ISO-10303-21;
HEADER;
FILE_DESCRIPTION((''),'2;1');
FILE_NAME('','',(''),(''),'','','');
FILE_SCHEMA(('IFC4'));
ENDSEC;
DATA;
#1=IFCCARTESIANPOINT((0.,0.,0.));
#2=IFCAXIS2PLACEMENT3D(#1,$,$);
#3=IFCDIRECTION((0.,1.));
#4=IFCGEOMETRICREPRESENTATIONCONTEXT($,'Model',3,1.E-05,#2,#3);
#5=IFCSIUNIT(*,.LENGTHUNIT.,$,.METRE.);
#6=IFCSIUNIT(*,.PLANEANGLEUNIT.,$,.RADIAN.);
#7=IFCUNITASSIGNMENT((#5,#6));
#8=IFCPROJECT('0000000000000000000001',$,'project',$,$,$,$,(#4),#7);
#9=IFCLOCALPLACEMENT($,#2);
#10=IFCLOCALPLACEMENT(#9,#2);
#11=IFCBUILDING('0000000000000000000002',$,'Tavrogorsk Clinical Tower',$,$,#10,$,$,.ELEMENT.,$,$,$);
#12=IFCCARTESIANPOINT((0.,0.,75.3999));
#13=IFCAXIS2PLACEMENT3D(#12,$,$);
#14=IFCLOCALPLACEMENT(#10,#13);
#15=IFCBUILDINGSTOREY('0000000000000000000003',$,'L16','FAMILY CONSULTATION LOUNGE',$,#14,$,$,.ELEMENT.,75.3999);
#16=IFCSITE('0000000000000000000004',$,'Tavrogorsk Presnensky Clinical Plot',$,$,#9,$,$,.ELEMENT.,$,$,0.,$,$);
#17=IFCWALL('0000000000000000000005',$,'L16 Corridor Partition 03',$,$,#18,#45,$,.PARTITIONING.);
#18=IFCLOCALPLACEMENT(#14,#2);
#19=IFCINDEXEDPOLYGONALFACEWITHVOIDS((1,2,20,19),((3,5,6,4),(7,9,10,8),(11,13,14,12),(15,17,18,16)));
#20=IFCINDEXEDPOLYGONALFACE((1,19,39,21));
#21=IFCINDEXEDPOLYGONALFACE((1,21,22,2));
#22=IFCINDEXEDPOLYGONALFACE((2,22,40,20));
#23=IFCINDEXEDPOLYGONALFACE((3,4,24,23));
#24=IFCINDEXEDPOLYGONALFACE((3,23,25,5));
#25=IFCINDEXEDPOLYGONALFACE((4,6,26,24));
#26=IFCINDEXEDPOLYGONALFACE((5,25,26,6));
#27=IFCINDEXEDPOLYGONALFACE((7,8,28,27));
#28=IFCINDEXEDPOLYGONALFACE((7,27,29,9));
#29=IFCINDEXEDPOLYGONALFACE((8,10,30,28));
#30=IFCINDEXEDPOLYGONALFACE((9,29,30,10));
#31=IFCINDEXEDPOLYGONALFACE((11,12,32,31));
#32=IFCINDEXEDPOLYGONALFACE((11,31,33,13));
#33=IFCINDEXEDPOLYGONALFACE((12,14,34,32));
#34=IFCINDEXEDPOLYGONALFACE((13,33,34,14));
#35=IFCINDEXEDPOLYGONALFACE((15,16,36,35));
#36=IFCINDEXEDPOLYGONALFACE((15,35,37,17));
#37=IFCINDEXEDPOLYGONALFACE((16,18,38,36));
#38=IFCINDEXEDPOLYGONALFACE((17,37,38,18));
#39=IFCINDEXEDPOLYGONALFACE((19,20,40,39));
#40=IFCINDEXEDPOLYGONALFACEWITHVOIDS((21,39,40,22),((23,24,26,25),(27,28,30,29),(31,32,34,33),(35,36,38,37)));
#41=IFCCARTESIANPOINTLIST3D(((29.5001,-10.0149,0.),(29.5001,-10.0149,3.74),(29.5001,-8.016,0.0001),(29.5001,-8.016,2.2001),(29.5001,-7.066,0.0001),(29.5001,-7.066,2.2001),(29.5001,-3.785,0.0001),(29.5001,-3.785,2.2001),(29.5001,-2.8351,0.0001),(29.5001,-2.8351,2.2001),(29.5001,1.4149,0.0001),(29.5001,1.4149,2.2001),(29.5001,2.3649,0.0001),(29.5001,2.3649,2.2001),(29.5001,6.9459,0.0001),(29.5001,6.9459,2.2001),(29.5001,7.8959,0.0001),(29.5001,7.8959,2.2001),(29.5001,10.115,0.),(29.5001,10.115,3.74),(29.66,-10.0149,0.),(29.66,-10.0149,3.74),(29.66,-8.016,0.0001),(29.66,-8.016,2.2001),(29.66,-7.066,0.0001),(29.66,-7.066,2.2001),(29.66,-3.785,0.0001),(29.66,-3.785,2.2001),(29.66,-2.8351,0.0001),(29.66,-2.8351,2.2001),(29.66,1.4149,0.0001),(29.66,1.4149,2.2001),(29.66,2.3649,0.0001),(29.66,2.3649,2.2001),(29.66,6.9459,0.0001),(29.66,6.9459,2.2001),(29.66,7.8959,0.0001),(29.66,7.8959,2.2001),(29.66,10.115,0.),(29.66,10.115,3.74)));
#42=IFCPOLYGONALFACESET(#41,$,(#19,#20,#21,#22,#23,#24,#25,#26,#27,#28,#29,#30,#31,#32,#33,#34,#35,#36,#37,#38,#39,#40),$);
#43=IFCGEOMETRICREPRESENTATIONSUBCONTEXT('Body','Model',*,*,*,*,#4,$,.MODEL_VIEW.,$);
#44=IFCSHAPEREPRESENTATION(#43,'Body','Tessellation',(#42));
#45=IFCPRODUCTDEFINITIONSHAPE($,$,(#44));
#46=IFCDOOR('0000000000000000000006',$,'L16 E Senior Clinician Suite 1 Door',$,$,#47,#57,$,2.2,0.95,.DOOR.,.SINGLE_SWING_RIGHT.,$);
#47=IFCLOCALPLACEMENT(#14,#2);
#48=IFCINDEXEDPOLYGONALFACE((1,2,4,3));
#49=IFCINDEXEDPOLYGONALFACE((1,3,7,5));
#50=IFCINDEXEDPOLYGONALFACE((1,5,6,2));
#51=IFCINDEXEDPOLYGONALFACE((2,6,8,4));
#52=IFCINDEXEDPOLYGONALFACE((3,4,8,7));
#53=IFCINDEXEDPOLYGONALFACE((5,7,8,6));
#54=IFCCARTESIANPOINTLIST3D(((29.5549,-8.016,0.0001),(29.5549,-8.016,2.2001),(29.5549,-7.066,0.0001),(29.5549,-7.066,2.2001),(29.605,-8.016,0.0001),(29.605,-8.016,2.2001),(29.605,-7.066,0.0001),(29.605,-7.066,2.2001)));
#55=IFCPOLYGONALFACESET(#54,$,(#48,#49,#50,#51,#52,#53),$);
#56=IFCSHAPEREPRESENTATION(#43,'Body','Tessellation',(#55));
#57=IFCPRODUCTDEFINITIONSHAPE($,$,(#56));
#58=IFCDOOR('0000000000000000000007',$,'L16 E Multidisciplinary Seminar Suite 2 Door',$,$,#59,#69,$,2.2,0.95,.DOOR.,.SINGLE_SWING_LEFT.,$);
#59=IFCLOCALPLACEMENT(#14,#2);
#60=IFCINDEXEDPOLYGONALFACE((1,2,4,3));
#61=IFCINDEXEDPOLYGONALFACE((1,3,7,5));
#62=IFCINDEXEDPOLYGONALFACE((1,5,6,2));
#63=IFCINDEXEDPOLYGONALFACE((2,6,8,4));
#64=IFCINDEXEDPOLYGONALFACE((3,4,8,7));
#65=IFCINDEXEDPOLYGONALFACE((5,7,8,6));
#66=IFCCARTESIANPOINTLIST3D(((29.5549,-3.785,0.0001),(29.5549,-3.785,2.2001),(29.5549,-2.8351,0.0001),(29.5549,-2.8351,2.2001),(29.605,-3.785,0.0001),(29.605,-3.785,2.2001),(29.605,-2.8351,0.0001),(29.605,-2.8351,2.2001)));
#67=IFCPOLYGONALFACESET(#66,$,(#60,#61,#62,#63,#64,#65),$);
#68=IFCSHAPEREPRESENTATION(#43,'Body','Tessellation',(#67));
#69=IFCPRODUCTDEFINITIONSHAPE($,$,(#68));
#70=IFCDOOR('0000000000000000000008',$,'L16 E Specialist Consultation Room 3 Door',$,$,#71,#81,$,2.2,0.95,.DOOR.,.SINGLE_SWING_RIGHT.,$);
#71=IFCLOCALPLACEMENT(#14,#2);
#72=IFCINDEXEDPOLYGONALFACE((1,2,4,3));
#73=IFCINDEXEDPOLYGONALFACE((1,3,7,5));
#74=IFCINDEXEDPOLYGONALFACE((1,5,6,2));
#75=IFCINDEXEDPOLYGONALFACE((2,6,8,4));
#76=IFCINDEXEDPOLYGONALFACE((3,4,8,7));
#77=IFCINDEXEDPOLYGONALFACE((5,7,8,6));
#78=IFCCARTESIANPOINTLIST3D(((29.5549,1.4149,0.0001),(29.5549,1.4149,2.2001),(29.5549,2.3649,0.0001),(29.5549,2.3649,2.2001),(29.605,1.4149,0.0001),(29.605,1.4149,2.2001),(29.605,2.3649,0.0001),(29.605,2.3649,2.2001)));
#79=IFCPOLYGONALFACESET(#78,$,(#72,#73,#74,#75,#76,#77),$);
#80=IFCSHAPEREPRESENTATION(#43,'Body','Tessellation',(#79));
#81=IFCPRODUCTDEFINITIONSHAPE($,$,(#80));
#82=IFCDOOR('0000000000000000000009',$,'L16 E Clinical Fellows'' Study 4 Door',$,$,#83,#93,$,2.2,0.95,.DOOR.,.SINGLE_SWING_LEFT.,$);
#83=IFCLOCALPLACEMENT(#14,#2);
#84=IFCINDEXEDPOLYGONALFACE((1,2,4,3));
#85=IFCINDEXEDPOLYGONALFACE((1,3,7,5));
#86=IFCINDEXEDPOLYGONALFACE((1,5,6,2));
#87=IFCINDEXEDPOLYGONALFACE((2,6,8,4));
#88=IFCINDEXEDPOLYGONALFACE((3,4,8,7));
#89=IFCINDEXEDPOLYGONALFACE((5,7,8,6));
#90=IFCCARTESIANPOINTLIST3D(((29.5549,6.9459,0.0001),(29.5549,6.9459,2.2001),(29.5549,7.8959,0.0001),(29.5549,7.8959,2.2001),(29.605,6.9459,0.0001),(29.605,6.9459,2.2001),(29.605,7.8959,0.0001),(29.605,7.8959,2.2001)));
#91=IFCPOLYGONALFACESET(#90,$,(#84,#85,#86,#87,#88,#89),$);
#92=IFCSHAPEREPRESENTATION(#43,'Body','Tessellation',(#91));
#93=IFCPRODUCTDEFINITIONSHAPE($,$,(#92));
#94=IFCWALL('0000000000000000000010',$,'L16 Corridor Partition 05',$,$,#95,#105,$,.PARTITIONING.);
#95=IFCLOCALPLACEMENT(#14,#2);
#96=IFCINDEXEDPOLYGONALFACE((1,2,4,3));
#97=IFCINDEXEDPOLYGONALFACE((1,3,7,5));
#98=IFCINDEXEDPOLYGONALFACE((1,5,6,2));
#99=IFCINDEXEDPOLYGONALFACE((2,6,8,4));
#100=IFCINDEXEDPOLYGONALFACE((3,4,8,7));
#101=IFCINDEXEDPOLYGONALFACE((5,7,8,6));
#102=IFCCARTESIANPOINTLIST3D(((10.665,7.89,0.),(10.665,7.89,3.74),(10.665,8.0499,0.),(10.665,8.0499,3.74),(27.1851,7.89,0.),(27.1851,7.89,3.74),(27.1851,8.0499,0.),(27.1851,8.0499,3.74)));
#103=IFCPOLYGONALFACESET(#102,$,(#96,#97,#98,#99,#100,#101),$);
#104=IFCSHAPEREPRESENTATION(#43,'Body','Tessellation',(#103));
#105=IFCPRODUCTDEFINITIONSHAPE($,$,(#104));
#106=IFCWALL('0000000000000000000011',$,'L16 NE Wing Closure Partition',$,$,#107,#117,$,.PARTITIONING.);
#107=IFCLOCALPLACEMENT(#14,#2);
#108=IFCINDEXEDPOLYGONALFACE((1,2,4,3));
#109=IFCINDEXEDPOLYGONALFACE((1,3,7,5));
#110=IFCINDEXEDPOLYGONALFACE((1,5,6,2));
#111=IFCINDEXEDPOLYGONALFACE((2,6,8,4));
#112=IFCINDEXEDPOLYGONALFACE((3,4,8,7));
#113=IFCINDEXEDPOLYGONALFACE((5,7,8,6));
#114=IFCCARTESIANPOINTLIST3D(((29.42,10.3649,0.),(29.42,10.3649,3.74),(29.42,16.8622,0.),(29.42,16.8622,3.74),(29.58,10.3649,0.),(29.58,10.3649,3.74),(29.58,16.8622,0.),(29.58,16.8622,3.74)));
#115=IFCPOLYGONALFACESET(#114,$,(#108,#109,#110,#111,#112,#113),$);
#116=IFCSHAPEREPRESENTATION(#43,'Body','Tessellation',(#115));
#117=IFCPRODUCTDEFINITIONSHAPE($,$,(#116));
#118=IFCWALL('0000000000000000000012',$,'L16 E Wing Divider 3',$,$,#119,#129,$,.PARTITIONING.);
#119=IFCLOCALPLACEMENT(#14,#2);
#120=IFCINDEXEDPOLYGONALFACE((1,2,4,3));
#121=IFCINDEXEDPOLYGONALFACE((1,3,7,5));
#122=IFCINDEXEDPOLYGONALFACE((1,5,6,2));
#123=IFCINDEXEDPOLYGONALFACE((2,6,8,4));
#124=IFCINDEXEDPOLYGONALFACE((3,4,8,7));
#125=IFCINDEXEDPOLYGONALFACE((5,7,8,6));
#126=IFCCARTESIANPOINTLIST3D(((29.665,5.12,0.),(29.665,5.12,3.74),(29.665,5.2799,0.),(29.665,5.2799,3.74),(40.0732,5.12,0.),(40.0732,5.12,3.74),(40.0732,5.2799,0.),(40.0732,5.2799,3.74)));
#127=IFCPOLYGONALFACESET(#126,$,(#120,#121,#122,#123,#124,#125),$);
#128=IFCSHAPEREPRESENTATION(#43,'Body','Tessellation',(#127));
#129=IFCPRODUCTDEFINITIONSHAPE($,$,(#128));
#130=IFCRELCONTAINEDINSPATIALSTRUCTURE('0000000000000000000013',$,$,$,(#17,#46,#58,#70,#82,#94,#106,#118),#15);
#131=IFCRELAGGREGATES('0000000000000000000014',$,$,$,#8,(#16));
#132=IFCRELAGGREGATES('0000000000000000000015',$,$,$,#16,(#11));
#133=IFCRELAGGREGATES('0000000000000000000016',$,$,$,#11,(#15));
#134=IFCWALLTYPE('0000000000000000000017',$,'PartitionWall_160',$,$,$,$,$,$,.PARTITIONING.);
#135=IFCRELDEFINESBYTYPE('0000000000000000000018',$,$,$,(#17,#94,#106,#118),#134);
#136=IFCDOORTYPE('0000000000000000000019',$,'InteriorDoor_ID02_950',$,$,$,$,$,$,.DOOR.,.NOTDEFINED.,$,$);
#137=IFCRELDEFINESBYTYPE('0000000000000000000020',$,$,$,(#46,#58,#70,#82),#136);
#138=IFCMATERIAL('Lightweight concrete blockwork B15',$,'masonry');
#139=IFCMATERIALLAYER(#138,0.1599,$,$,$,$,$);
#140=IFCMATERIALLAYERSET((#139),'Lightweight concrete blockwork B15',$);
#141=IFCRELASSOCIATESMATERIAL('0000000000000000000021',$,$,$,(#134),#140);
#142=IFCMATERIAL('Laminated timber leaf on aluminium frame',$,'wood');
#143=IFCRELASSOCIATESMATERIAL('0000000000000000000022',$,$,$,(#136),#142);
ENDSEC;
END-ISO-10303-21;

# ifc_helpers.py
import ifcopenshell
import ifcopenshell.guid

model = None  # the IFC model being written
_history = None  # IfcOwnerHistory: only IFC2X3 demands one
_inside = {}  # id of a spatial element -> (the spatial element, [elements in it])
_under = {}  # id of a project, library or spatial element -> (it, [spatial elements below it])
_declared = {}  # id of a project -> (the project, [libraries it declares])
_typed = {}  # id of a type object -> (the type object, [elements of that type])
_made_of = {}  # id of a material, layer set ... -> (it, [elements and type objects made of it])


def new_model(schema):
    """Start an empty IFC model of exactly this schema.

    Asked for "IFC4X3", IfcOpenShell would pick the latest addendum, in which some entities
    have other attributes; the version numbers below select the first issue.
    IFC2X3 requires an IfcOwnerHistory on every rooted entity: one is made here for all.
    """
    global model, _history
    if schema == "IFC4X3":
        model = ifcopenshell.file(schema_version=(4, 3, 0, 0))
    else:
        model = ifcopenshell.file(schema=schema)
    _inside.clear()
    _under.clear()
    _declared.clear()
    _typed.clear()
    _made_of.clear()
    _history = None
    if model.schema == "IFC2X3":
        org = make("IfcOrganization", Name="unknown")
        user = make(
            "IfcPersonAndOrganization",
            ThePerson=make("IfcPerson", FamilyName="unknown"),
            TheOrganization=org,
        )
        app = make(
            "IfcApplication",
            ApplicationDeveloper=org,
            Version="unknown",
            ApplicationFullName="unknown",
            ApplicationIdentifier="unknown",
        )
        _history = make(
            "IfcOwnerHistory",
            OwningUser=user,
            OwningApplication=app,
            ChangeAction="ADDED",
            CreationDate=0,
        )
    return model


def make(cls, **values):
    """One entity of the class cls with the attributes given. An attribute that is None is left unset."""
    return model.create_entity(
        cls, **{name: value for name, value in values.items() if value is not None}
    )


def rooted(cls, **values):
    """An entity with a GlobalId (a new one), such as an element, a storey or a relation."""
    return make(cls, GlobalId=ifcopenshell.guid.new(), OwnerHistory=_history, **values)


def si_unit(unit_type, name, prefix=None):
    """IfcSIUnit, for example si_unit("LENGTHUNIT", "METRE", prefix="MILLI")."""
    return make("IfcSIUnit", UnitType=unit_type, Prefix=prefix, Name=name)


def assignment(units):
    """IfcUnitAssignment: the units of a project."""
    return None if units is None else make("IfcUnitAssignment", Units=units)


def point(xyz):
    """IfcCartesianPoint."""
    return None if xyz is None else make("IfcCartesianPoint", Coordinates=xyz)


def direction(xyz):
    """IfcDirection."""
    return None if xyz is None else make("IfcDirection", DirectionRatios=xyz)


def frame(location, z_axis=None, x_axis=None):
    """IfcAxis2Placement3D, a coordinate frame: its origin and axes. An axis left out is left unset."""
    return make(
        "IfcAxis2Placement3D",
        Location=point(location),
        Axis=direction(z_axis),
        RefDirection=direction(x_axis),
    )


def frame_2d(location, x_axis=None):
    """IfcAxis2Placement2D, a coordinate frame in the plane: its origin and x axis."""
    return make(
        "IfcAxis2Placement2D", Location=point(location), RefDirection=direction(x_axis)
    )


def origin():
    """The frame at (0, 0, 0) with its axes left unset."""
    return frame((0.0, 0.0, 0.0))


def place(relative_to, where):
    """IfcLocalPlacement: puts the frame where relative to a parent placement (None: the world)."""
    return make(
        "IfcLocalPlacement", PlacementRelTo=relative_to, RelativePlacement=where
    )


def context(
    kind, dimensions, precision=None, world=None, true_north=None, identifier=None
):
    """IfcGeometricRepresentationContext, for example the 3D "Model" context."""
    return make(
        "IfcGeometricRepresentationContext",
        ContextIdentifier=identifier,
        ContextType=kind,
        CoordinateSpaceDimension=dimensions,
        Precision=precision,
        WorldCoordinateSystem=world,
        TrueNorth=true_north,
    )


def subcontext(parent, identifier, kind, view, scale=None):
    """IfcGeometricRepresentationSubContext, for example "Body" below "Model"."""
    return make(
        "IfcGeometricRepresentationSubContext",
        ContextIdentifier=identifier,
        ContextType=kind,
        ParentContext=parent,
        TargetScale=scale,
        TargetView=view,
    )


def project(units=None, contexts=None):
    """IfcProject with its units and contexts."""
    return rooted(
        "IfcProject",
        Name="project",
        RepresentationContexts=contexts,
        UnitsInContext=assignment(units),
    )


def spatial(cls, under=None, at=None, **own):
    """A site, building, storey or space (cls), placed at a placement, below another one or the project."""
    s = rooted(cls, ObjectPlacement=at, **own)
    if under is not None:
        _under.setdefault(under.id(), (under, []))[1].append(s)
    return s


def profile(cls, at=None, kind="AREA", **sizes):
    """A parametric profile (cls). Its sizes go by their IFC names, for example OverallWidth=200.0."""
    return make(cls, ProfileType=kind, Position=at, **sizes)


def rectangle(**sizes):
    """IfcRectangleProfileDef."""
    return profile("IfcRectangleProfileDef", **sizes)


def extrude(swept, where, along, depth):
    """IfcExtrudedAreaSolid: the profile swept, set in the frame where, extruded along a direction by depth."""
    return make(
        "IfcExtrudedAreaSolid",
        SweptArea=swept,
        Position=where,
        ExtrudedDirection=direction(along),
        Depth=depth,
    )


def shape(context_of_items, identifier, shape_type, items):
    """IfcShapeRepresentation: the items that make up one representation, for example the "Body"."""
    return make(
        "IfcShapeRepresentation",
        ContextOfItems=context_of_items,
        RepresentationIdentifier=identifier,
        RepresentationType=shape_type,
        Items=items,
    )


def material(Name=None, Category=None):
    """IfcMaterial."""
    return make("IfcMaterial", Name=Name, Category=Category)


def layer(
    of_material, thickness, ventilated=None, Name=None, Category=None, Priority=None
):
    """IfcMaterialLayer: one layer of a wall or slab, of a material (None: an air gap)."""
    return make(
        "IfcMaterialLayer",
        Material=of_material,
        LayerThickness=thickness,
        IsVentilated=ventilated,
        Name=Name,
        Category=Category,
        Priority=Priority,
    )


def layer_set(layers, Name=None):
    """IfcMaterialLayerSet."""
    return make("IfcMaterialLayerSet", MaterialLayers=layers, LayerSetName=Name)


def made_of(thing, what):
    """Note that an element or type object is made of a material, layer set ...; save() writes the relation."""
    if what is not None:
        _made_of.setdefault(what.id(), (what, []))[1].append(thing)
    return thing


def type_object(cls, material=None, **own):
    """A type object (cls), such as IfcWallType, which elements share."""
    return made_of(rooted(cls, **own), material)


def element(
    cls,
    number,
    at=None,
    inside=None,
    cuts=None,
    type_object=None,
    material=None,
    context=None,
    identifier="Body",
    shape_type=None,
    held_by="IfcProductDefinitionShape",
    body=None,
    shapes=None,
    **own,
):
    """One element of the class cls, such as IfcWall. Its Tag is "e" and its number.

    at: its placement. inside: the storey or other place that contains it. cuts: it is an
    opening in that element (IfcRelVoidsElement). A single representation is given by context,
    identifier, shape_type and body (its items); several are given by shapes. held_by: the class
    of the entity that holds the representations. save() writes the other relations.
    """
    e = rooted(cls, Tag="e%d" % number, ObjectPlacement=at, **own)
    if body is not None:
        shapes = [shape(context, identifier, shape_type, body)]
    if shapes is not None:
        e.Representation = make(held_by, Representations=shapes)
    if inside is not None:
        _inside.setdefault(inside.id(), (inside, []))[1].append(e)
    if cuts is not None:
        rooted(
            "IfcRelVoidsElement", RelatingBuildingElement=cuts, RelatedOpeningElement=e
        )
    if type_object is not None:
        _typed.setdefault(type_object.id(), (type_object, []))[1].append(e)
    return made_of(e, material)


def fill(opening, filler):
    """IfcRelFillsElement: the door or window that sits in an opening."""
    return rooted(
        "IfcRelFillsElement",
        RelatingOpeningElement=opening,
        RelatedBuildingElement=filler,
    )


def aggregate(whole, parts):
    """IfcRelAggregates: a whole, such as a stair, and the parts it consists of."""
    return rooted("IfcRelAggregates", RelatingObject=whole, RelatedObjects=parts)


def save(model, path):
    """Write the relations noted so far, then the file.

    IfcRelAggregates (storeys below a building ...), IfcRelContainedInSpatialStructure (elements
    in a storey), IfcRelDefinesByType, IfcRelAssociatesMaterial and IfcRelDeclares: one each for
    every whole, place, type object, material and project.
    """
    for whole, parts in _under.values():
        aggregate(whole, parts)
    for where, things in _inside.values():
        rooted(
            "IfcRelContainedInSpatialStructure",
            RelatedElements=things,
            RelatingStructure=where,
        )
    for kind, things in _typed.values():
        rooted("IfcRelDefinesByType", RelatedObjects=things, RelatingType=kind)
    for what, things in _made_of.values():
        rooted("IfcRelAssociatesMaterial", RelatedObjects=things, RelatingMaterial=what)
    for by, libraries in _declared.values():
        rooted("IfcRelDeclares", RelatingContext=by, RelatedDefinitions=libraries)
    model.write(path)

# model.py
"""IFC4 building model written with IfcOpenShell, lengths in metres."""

from ifc_helpers import new_model, si_unit, direction, frame, frame_2d, origin, place, context, subcontext, project, spatial, rectangle, extrude, material, layer, layer_set, type_object, element, fill, save


model = new_model("IFC4")

# Units and contexts
model_context = context("Model", 3, precision=1e-05, world=origin(), true_north=direction((0.0, 1.0)))
body_context = subcontext(model_context, "Body", "Model", "MODEL_VIEW")
ifc_project = project(units=[si_unit("LENGTHUNIT", "METRE"), si_unit("PLANEANGLEUNIT", "RADIAN")], contexts=[model_context])

# Site, building, storey
site_placement = place(None, origin())
site = spatial("IfcSite", under=ifc_project, at=site_placement, Name="Tavrogorsk Presnensky Clinical Plot", CompositionType="ELEMENT", RefElevation=0.0)
building_placement = place(site_placement, origin())
building = spatial("IfcBuilding", under=site, at=building_placement, Name="Tavrogorsk Clinical Tower", CompositionType="ELEMENT")
storey_placement = place(building_placement, frame((0.0, 0.0, 75.3999)))
storey = spatial("IfcBuildingStorey", under=building, at=storey_placement, Name="L16", Description="FAMILY CONSULTATION LOUNGE", CompositionType="ELEMENT", Elevation=75.3999)

# Shared definitions
ifc_material_1 = material(Name="Lightweight concrete blockwork B15", Category="masonry")
ifc_layer_1 = layer(ifc_material_1, 0.1599)
ifc_layer_set_1 = layer_set([ifc_layer_1], Name="Lightweight concrete blockwork B15")
wall_type_1 = type_object("IfcWallType", Name="PartitionWall_160", PredefinedType="PARTITIONING", material=ifc_layer_set_1)

# Wall, openings, doors
wall_1_placement = place(storey_placement, frame((29.5801, 10.115, 0.0), z_axis=(0.0, 0.0, 1.0), x_axis=(0.0, -1.0, 0.0)))
wall_1 = element("IfcWall", 1, at=wall_1_placement, inside=storey, type_object=wall_type_1, Name="L16 Corridor Partition 03", PredefinedType="PARTITIONING", context=body_context, shape_type="SweptSolid", body=[
    extrude(rectangle(XDim=20.1299, YDim=0.1599, at=frame_2d((10.0649, 0.0))), origin(), (0.0, 0.0, 1.0), 3.74),
])
opening_1_placement = place(wall_1_placement, frame((17.1809, 0.0, 0.0)))
opening_1 = element("IfcOpeningElement", 2, at=opening_1_placement, cuts=wall_1, PredefinedType="OPENING", context=body_context, shape_type="SweptSolid", body=[
    extrude(rectangle(XDim=0.95, YDim=2.2, at=frame_2d((0.4751, 1.1001))), frame((0.0, 0.0898, 0.0), z_axis=(0.0, -1.0, 0.0), x_axis=(1.0, 0.0, 0.0)), (0.0, 0.0, 1.0), 0.1799),
])
opening_2_placement = place(wall_1_placement, frame((12.95, 0.0, 0.0)))
opening_2 = element("IfcOpeningElement", 3, at=opening_2_placement, cuts=wall_1, PredefinedType="OPENING", context=body_context, shape_type="SweptSolid", body=[
    extrude(rectangle(XDim=0.95, YDim=2.2, at=frame_2d((0.4751, 1.1001))), frame((0.0, 0.0898, 0.0), z_axis=(0.0, -1.0, 0.0), x_axis=(1.0, 0.0, 0.0)), (0.0, 0.0, 1.0), 0.1799),
])
opening_3_placement = place(wall_1_placement, frame((7.75, 0.0, 0.0)))
opening_3 = element("IfcOpeningElement", 4, at=opening_3_placement, cuts=wall_1, PredefinedType="OPENING", context=body_context, shape_type="SweptSolid", body=[
    extrude(rectangle(XDim=0.95, YDim=2.2, at=frame_2d((0.4751, 1.1001))), frame((0.0, 0.0898, 0.0), z_axis=(0.0, -1.0, 0.0), x_axis=(1.0, 0.0, 0.0)), (0.0, 0.0, 1.0), 0.1799),
])
opening_4_placement = place(wall_1_placement, frame((2.219, 0.0, 0.0)))
opening_4 = element("IfcOpeningElement", 5, at=opening_4_placement, cuts=wall_1, PredefinedType="OPENING", context=body_context, shape_type="SweptSolid", body=[
    extrude(rectangle(XDim=0.95, YDim=2.2, at=frame_2d((0.4751, 1.1001))), frame((0.0, 0.0898, 0.0), z_axis=(0.0, -1.0, 0.0), x_axis=(1.0, 0.0, 0.0)), (0.0, 0.0, 1.0), 0.1799),
])
ifc_material_2 = material(Name="Laminated timber leaf on aluminium frame", Category="wood")
door_type = type_object("IfcDoorType", Name="InteriorDoor_ID02_950", OperationType="NOTDEFINED", PredefinedType="DOOR", material=ifc_material_2)
door_1_placement = place(opening_1_placement, origin())
door_1 = element("IfcDoor", 6, at=door_1_placement, inside=storey, type_object=door_type, Name="L16 E Senior Clinician Suite 1 Door", OperationType="SINGLE_SWING_RIGHT", OverallHeight=2.2, OverallWidth=0.95, PredefinedType="DOOR", context=body_context, shape_type="SweptSolid", body=[
    extrude(rectangle(XDim=0.95, YDim=2.2, at=frame_2d((0.4751, 1.1001))), frame((0.0, 0.0249, 0.0), z_axis=(0.0, -1.0, 0.0), x_axis=(1.0, 0.0, 0.0)), (0.0, 0.0, 1.0), 0.05),
])
fill(opening_1, door_1)
door_2_placement = place(opening_2_placement, origin())
door_2 = element("IfcDoor", 7, at=door_2_placement, inside=storey, type_object=door_type, Name="L16 E Multidisciplinary Seminar Suite 2 Door", OperationType="SINGLE_SWING_LEFT", OverallHeight=2.2, OverallWidth=0.95, PredefinedType="DOOR", context=body_context, shape_type="SweptSolid", body=[
    extrude(rectangle(XDim=0.95, YDim=2.2, at=frame_2d((0.4751, 1.1001))), frame((0.0, 0.0249, 0.0), z_axis=(0.0, -1.0, 0.0), x_axis=(1.0, 0.0, 0.0)), (0.0, 0.0, 1.0), 0.05),
])
fill(opening_2, door_2)
door_3_placement = place(opening_3_placement, origin())
door_3 = element("IfcDoor", 8, at=door_3_placement, inside=storey, type_object=door_type, Name="L16 E Specialist Consultation Room 3 Door", OperationType="SINGLE_SWING_RIGHT", OverallHeight=2.2, OverallWidth=0.95, PredefinedType="DOOR", context=body_context, shape_type="SweptSolid", body=[
    extrude(rectangle(XDim=0.95, YDim=2.2, at=frame_2d((0.4751, 1.1001))), frame((0.0, 0.0249, 0.0), z_axis=(0.0, -1.0, 0.0), x_axis=(1.0, 0.0, 0.0)), (0.0, 0.0, 1.0), 0.05),
])
fill(opening_3, door_3)
door_4_placement = place(opening_4_placement, origin())
door_4 = element("IfcDoor", 9, at=door_4_placement, inside=storey, type_object=door_type, Name="L16 E Clinical Fellows' Study 4 Door", OperationType="SINGLE_SWING_LEFT", OverallHeight=2.2, OverallWidth=0.95, PredefinedType="DOOR", context=body_context, shape_type="SweptSolid", body=[
    extrude(rectangle(XDim=0.95, YDim=2.2, at=frame_2d((0.4751, 1.1001))), frame((0.0, 0.0249, 0.0), z_axis=(0.0, -1.0, 0.0), x_axis=(1.0, 0.0, 0.0)), (0.0, 0.0, 1.0), 0.05),
])
fill(opening_4, door_4)

# Walls
wall_2_placement = place(storey_placement, frame((27.1851, 7.97, 0.0), z_axis=(0.0, 0.0, 1.0), x_axis=(-1.0, 0.0, 0.0)))
element("IfcWall", 10, at=wall_2_placement, inside=storey, type_object=wall_type_1, Name="L16 Corridor Partition 05", PredefinedType="PARTITIONING", context=body_context, shape_type="SweptSolid", body=[
    extrude(rectangle(XDim=16.52, YDim=0.1599, at=frame_2d((8.26, 0.0))), origin(), (0.0, 0.0, 1.0), 3.74),
])
wall_3_placement = place(storey_placement, frame((29.5, 10.365, 0.0), z_axis=(0.0, 0.0, 1.0), x_axis=(0.0, 1.0, 0.0)))
element("IfcWall", 11, at=wall_3_placement, inside=storey, type_object=wall_type_1, Name="L16 NE Wing Closure Partition", PredefinedType="PARTITIONING", context=body_context, shape_type="SweptSolid", body=[
    extrude(rectangle(XDim=6.4973, YDim=0.1599, at=frame_2d((3.2485, 0.0))), origin(), (0.0, 0.0, 1.0), 3.74),
])
wall_4_placement = place(storey_placement, frame((29.665, 5.2, 0.0), z_axis=(0.0, 0.0, 1.0), x_axis=(1.0, 0.0, 0.0)))
element("IfcWall", 12, at=wall_4_placement, inside=storey, type_object=wall_type_1, Name="L16 E Wing Divider 3", PredefinedType="PARTITIONING", context=body_context, shape_type="SweptSolid", body=[
    extrude(rectangle(XDim=10.4082, YDim=0.1599, at=frame_2d((5.2041, 0.0))), origin(), (0.0, 0.0, 1.0), 3.74),
])

save(model, "model.ifc")
